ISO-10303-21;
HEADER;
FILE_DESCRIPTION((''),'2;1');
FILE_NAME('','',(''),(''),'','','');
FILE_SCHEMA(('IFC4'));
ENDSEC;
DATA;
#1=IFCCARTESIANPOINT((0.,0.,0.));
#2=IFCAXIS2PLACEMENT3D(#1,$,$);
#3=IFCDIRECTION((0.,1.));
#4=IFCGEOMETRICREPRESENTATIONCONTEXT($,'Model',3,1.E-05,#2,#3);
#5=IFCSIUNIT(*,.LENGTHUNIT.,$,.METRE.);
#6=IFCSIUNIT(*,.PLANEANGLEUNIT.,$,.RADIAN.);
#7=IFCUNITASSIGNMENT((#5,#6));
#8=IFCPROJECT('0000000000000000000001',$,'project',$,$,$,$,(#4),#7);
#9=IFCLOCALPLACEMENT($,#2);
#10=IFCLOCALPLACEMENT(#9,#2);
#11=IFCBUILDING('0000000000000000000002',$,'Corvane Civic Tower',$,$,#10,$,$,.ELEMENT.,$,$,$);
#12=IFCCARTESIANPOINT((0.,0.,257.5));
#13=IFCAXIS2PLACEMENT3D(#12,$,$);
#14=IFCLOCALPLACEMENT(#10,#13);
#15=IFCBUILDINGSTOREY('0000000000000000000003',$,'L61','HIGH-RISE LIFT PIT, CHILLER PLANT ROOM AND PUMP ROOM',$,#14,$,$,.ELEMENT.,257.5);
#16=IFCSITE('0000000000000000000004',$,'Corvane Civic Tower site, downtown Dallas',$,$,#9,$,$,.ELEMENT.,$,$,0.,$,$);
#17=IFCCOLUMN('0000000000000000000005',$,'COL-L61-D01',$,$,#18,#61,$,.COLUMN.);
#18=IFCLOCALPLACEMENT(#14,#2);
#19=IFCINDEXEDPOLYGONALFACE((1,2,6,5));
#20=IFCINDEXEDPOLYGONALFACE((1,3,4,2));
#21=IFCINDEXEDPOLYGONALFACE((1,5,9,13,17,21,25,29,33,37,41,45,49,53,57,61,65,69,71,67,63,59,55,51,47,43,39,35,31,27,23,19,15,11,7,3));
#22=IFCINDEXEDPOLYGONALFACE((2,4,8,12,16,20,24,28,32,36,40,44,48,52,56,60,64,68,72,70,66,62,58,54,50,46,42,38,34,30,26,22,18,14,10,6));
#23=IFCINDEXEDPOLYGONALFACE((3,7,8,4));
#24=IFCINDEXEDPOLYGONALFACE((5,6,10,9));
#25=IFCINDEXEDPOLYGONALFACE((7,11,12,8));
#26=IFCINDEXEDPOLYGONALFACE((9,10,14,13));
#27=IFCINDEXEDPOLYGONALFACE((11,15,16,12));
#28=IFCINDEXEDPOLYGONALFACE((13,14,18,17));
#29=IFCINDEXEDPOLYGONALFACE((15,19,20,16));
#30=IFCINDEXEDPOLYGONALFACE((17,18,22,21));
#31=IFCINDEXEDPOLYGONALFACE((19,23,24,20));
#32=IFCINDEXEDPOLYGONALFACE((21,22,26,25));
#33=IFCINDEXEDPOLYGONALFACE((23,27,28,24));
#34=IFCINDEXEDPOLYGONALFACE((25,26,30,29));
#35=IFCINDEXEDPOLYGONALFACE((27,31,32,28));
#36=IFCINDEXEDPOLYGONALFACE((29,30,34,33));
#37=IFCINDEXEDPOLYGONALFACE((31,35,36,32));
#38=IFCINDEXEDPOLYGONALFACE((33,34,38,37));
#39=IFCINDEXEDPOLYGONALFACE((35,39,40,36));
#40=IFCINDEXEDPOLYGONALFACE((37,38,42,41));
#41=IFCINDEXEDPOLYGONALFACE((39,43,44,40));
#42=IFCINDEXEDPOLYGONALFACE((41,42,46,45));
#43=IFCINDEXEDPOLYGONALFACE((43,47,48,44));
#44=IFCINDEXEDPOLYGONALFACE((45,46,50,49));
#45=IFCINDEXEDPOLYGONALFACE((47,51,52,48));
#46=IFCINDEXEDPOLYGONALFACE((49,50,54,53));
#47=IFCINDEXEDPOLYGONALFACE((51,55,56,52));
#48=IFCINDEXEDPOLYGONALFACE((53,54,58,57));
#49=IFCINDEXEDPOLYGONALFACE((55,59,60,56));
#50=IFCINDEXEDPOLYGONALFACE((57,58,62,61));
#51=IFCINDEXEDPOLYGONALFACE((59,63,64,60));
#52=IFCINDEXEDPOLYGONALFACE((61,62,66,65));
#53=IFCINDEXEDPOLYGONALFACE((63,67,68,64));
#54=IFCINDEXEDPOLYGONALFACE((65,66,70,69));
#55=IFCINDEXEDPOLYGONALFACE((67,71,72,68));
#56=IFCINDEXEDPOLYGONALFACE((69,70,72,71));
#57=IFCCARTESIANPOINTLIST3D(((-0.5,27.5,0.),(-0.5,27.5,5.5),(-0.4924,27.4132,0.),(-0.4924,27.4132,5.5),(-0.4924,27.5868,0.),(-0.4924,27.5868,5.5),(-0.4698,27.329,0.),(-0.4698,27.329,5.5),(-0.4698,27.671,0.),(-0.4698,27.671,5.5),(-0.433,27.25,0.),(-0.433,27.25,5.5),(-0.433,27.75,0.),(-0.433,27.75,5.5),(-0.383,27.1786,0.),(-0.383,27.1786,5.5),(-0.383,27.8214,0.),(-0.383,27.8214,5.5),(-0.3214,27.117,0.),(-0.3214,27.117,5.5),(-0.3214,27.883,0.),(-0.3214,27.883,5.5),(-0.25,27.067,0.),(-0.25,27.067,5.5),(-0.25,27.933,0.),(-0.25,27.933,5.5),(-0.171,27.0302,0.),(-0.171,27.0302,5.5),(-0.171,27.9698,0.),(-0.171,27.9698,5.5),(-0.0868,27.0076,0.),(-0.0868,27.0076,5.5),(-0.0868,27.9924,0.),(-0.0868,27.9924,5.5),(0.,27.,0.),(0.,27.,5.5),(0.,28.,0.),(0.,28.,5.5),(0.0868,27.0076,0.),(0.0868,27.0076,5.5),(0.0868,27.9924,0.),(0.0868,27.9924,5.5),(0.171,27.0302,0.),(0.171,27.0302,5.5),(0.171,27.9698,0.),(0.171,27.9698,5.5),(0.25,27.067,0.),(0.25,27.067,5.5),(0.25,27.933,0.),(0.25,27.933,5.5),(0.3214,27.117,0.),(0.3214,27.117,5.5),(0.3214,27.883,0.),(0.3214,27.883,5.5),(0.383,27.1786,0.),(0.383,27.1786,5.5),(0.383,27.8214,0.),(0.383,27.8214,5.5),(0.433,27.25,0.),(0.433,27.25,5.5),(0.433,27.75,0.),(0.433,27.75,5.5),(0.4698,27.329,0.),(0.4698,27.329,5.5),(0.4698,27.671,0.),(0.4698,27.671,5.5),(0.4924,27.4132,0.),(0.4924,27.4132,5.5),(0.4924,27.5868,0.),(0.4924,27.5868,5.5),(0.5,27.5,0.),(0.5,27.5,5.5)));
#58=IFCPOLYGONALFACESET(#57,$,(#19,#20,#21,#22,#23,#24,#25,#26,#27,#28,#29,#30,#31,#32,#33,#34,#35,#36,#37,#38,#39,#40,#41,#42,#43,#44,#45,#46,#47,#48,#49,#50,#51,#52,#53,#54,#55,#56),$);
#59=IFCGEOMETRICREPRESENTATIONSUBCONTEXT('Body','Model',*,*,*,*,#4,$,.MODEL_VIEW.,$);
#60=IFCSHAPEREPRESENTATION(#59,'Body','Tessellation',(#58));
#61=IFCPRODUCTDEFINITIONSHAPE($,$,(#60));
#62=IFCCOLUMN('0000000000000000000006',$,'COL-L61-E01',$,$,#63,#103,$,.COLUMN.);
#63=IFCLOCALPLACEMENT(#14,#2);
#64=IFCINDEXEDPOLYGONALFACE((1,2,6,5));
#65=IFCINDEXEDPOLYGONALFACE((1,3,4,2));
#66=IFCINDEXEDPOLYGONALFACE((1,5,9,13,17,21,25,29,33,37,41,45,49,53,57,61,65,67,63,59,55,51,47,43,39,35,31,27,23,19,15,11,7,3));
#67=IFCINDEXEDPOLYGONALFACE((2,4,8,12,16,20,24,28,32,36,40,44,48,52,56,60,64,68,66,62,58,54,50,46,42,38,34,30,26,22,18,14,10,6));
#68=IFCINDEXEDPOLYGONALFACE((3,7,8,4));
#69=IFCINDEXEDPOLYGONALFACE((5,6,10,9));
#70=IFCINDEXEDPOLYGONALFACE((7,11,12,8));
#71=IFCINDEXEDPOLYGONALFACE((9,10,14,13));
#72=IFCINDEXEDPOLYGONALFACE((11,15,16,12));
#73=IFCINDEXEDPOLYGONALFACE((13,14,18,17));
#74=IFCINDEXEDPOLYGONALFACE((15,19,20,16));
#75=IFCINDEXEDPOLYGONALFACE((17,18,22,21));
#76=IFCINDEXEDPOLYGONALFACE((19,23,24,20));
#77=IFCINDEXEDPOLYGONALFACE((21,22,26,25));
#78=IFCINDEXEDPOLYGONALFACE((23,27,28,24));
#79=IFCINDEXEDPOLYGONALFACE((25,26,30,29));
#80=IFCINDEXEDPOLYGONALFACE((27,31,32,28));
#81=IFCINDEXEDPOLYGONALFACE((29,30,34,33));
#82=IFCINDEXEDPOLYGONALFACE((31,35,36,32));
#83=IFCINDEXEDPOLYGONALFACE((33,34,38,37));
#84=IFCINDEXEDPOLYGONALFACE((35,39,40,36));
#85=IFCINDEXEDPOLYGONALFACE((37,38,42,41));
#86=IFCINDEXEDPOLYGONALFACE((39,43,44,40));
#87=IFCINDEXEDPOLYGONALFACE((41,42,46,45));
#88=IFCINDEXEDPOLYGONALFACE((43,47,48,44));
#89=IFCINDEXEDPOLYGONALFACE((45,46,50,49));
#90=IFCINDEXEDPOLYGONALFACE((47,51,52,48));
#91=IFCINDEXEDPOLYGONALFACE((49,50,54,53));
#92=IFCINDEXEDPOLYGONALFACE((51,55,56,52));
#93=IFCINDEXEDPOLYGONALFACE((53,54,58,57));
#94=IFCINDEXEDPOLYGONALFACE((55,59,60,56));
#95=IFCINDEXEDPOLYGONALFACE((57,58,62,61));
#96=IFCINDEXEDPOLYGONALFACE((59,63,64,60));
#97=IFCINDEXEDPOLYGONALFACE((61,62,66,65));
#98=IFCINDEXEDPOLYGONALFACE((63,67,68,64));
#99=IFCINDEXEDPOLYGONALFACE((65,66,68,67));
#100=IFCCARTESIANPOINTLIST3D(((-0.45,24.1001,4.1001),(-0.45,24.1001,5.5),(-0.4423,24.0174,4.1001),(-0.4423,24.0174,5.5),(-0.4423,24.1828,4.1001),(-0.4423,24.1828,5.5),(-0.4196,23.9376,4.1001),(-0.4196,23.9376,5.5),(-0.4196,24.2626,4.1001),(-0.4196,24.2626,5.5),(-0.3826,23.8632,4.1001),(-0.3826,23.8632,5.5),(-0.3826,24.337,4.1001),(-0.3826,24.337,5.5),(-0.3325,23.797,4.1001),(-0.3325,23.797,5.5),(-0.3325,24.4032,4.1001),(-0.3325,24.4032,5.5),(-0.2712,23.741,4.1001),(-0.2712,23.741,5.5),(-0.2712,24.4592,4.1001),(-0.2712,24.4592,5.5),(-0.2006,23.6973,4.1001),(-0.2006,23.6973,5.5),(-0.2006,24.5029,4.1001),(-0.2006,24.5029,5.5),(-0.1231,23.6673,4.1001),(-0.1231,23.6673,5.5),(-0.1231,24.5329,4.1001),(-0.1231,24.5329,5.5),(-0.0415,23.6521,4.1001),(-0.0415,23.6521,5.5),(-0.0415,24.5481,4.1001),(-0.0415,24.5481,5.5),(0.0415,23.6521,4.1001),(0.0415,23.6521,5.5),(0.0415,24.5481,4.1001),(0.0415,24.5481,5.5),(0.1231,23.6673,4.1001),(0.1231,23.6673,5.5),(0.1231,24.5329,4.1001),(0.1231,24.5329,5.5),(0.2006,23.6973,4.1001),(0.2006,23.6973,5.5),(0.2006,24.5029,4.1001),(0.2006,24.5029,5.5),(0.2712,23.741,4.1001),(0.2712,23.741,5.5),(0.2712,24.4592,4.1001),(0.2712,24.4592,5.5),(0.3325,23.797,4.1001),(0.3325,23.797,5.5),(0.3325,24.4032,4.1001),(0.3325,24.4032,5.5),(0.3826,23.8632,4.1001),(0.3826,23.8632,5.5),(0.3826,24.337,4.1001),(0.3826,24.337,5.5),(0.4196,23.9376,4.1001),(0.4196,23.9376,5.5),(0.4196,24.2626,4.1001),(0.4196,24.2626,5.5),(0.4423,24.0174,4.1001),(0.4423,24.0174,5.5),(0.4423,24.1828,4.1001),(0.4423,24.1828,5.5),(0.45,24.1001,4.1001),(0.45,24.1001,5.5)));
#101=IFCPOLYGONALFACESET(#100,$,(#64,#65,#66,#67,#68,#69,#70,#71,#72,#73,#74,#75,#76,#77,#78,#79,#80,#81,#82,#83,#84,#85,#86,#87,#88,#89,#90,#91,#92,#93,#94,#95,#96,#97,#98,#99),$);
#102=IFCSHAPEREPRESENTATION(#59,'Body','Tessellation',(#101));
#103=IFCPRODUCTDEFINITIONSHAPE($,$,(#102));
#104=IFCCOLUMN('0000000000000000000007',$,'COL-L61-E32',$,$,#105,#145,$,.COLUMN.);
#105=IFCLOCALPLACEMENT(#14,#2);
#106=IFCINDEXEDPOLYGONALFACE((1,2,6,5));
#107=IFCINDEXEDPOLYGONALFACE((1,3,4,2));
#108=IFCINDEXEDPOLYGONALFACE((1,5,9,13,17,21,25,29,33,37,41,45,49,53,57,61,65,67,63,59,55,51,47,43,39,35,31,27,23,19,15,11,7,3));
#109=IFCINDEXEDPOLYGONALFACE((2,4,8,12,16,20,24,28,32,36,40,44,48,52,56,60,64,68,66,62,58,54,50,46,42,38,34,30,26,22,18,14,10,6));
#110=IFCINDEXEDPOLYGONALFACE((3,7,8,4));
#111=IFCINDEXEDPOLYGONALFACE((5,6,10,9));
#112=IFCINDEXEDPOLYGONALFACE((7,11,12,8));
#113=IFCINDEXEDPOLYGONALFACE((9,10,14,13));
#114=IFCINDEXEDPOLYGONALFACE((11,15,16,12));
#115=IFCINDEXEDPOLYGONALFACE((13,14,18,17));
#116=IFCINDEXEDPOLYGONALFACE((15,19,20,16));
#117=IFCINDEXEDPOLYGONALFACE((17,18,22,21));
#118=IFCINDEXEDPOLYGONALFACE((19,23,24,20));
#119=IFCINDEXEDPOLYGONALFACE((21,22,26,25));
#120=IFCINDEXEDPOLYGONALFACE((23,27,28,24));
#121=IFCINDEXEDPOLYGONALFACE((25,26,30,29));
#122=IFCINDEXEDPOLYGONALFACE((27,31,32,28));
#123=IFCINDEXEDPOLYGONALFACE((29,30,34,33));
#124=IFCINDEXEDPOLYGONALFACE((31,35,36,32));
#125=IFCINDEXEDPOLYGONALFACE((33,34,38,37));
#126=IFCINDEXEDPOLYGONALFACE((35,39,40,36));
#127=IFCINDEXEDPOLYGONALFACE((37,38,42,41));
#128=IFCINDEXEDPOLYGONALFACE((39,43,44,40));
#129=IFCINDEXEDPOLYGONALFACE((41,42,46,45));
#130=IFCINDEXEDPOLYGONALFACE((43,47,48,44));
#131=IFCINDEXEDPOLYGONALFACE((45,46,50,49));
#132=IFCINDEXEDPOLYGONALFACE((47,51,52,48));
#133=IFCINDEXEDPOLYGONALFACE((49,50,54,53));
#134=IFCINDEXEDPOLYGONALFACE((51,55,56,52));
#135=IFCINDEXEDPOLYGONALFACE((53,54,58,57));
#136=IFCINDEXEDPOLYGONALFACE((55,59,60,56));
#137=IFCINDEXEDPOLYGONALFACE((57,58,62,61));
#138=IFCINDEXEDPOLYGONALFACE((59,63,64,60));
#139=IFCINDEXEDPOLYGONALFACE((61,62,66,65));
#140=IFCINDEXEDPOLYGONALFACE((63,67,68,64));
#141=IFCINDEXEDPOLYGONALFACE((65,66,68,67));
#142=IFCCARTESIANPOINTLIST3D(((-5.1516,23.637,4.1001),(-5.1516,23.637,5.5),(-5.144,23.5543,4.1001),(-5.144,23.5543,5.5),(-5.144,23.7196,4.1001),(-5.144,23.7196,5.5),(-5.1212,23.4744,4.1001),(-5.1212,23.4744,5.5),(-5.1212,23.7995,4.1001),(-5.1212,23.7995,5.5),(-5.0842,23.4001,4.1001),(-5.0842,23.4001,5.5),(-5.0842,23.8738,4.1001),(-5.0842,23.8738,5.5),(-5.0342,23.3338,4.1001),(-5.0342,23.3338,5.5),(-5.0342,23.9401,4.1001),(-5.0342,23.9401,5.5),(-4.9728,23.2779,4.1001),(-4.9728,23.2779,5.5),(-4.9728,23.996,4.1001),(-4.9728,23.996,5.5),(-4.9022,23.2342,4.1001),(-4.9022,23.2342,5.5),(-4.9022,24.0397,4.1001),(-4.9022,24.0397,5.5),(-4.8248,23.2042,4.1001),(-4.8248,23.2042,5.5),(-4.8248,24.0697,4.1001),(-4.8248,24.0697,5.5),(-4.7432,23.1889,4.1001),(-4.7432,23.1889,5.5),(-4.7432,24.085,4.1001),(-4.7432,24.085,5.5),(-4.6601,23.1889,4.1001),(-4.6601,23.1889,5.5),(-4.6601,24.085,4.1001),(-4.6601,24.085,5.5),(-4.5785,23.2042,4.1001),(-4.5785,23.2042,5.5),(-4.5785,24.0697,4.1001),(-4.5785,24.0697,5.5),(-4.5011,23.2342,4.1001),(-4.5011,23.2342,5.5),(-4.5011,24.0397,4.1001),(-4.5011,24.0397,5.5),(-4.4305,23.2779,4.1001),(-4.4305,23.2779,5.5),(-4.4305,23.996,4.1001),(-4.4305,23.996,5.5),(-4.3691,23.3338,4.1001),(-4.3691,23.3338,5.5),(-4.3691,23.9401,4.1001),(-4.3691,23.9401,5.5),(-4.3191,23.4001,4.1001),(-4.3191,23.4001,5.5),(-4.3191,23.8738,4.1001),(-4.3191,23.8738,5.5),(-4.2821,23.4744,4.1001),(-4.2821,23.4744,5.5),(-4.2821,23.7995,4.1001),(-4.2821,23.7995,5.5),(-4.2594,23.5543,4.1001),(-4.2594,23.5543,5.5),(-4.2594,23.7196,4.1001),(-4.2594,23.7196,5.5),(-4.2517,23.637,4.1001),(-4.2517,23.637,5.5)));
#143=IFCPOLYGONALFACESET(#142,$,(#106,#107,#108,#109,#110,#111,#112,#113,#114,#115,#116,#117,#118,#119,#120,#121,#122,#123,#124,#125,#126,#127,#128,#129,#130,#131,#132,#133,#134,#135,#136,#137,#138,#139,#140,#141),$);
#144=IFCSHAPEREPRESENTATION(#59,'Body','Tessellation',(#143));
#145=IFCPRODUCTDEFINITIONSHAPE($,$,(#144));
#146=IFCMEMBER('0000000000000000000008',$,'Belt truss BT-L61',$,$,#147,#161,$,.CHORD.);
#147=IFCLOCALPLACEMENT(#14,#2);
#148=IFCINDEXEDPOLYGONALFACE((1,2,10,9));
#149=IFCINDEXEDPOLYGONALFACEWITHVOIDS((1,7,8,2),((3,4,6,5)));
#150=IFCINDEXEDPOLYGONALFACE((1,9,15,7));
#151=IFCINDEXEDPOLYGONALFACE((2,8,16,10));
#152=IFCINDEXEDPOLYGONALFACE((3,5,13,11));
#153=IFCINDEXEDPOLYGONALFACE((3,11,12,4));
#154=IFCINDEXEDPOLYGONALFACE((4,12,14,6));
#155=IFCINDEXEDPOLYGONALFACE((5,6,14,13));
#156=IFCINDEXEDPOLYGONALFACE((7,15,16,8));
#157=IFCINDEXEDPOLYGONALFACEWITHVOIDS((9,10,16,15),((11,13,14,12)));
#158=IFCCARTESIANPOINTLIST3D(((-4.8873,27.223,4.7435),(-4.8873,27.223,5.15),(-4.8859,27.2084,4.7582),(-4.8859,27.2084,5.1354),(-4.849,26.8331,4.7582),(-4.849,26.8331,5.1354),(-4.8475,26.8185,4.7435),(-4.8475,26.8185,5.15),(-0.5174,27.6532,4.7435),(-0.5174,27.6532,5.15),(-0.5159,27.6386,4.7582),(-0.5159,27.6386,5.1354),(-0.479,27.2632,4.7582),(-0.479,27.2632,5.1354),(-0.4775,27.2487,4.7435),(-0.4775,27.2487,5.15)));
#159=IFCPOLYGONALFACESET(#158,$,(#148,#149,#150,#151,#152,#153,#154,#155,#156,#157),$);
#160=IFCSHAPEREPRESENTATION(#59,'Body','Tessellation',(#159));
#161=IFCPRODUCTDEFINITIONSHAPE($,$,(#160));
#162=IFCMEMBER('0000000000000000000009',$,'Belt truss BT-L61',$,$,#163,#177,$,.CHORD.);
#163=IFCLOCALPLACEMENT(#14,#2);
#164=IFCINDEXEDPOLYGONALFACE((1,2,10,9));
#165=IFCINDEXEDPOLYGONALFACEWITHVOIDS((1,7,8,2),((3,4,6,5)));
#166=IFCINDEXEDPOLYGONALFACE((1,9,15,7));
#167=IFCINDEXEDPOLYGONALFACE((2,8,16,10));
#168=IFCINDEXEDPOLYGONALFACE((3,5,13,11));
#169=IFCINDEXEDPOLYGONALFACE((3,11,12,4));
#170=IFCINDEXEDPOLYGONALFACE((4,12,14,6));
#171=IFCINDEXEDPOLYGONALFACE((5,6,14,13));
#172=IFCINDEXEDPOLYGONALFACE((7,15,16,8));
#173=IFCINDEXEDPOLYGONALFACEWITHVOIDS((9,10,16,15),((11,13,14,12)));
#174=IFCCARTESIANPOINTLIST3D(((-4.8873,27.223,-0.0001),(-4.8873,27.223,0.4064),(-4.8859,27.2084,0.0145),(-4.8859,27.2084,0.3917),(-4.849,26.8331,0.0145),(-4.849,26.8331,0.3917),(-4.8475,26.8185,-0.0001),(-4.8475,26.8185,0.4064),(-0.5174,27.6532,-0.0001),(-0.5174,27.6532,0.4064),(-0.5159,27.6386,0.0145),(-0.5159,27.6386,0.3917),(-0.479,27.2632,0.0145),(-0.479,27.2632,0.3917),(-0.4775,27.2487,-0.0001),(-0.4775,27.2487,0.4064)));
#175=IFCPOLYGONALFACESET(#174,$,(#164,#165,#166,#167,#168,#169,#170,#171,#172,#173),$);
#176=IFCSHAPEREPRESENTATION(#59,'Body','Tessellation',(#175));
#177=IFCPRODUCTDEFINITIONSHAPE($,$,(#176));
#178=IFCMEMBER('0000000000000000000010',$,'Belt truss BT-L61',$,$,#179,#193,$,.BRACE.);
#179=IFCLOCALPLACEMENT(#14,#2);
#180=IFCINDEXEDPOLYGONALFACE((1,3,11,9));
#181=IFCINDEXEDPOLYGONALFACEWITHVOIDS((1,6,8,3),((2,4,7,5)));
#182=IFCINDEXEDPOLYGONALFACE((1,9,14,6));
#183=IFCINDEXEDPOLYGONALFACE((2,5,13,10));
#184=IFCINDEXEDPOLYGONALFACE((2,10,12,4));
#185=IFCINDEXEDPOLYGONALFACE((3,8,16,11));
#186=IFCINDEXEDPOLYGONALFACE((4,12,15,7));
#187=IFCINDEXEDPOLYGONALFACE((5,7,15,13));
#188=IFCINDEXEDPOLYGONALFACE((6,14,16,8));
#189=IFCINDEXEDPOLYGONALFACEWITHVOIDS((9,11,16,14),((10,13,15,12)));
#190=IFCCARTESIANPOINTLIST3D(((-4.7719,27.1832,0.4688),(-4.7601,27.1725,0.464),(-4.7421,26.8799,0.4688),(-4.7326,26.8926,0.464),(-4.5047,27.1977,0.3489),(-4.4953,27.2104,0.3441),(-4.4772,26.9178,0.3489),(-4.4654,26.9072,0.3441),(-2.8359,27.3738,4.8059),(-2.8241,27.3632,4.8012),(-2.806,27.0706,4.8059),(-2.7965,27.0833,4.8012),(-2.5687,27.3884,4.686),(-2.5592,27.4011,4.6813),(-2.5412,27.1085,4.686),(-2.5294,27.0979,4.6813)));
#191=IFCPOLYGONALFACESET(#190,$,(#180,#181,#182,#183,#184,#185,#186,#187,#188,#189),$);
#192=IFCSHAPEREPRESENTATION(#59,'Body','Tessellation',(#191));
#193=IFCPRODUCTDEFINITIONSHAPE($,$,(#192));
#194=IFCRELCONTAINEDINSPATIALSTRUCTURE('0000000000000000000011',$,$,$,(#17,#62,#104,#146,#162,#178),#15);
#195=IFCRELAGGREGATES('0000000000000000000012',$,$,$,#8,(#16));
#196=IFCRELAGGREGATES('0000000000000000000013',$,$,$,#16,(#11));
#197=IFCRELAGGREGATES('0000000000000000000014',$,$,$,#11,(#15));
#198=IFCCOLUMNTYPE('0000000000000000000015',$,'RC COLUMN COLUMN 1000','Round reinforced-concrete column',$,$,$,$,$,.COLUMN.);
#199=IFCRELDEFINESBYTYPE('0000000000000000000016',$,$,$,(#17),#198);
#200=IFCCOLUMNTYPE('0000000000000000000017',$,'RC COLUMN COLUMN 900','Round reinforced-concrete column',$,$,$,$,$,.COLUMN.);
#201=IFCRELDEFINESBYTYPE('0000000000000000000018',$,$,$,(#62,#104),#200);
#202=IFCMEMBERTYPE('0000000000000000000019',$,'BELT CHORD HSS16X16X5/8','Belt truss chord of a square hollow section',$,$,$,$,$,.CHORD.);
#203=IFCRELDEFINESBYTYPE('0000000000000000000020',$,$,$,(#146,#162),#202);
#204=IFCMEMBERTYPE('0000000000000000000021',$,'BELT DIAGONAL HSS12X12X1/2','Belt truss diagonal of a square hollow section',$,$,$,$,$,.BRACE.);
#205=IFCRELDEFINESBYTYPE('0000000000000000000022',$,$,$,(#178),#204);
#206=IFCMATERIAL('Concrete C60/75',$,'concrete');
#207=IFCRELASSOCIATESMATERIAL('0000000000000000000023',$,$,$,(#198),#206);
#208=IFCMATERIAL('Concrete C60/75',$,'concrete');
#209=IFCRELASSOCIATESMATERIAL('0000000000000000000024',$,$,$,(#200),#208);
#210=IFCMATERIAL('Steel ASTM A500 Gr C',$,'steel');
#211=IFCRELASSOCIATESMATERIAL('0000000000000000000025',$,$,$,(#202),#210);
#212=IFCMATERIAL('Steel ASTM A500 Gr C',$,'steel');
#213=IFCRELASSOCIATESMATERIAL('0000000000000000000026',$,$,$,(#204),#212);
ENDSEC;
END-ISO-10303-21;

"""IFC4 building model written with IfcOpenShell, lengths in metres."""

from ifc_helpers import new_model, si_unit, direction, frame, origin, origin_2d, place, context, subcontext, project, spatial, hollow_rectangle, circle, extrude, material, material_profile, profile_set, type_object, element, save


model = new_model("IFC4")

# Units and contexts
model_context = context("Model", 3, precision=1e-05, world=origin(), true_north=direction((0.0, 1.0)))
body_context = subcontext(model_context, "Body", "Model", "MODEL_VIEW")
ifc_project = project(units=[si_unit("LENGTHUNIT", "METRE"), si_unit("PLANEANGLEUNIT", "RADIAN")], contexts=[model_context])

# Site, building, storey
site_placement = place(None, origin())
site = spatial("IfcSite", under=ifc_project, at=site_placement, Name="Corvane Civic Tower site, downtown Dallas", CompositionType="ELEMENT", RefElevation=0.0)
building_placement = place(site_placement, origin())
building = spatial("IfcBuilding", under=site, at=building_placement, Name="Corvane Civic Tower", CompositionType="ELEMENT")
storey_placement = place(building_placement, frame((0.0, 0.0, 257.5)))
storey = spatial("IfcBuildingStorey", under=building, at=storey_placement, Name="L61", Description="HIGH-RISE LIFT PIT, CHILLER PLANT ROOM AND PUMP ROOM", CompositionType="ELEMENT", Elevation=257.5)

# Columns
ifc_material_1 = material(Name="Concrete C60/75", Category="concrete")
ifc_material_profile_1 = material_profile(ifc_material_1, circle(Radius=0.5, at=origin_2d()), Name="COLUMN 1000")
ifc_profile_set_1 = profile_set([ifc_material_profile_1], Name="Concrete C60/75")
column_type_1 = type_object("IfcColumnType", Name="RC COLUMN COLUMN 1000", Description="Round reinforced-concrete column", PredefinedType="COLUMN", material=ifc_profile_set_1)
column_placement = place(storey_placement, frame((0.0, 27.5, 0.0), z_axis=(0.0, 0.0, 1.0), x_axis=(1.0, 0.0, 0.0)))
element("IfcColumn", 1, at=column_placement, inside=storey, type_object=column_type_1, Name="COL-L61-D01", PredefinedType="COLUMN", context=body_context, shape_type="SweptSolid", body=[
    extrude(circle(Radius=0.5, at=origin_2d()), origin(), (0.0, 0.0, 1.0), 5.5),
])
ifc_material_2 = material(Name="Concrete C60/75", Category="concrete")
ifc_material_profile_2 = material_profile(ifc_material_2, circle(Radius=0.45, at=origin_2d()), Name="COLUMN 900")
ifc_profile_set_2 = profile_set([ifc_material_profile_2], Name="Concrete C60/75")
column_type_2 = type_object("IfcColumnType", Name="RC COLUMN COLUMN 900", Description="Round reinforced-concrete column", PredefinedType="COLUMN", material=ifc_profile_set_2)
for number, where, z_axis, x_axis, name in (
    (2, (0.0, 24.1001, 4.1001), (0.0, 0.0, 1.0), (1.0, 0.0, 0.0), "COL-L61-E01"),
    (3, (-4.7017, 23.637, 4.1001), (0.0, 0.0, 1.0), (1.0, 0.0, 0.0), "COL-L61-E32"),
):
    element("IfcColumn", number, at=place(storey_placement, frame(where, z_axis=z_axis, x_axis=x_axis)), inside=storey, type_object=column_type_2, Name=name, PredefinedType="COLUMN", context=body_context, shape_type="SweptSolid", body=[
        extrude(circle(Radius=0.45, at=origin_2d()), origin(), (0.0, 0.0, 1.0), 1.3999),
    ])

# Members
ifc_material_3 = material(Name="Steel ASTM A500 Gr C", Category="steel")
ifc_material_profile_3 = material_profile(ifc_material_3, hollow_rectangle(XDim=0.4065, YDim=0.4065, WallThickness=0.0146, at=origin_2d()), Name="HSS16X16X5/8")
ifc_profile_set_3 = profile_set([ifc_material_profile_3], Name="Steel ASTM A500 Gr C")
member_type_1 = type_object("IfcMemberType", Name="BELT CHORD HSS16X16X5/8", Description="Belt truss chord of a square hollow section", PredefinedType="CHORD", material=ifc_profile_set_3)
for number, where, z_axis, x_axis, name in (
    (4, (-4.8674, 27.0208, 4.9468), (0.99519, 0.097968, 0.0), (-0.097968, 0.99519, 0.0), "Belt truss BT-L61"),
    (5, (-4.8674, 27.0208, 0.2031), (0.99519, 0.097968, 0.0), (-0.097968, 0.99519, 0.0), "Belt truss BT-L61"),
):
    element("IfcMember", number, at=place(storey_placement, frame(where, z_axis=z_axis, x_axis=x_axis)), inside=storey, type_object=member_type_1, Name=name, PredefinedType="CHORD", context=body_context, shape_type="SweptSolid", body=[
        extrude(hollow_rectangle(XDim=0.4065, YDim=0.4065, WallThickness=0.0146, at=origin_2d()), origin(), (0.0, 0.0, 1.0), 4.3911),
    ])
ifc_material_4 = material(Name="Steel ASTM A500 Gr C", Category="steel")
ifc_material_profile_4 = material_profile(ifc_material_4, hollow_rectangle(XDim=0.3047, YDim=0.3047, WallThickness=0.0117, at=origin_2d()), Name="HSS12X12X1/2")
ifc_profile_set_4 = profile_set([ifc_material_profile_4], Name="Steel ASTM A500 Gr C")
member_type_2 = type_object("IfcMemberType", Name="BELT DIAGONAL HSS12X12X1/2", Description="Belt truss diagonal of a square hollow section", PredefinedType="BRACE", material=ifc_profile_set_4)
member_1_placement = place(storey_placement, frame((-4.6187, 27.0452, 0.4065), z_axis=(0.407288, 0.040113, 0.912418), x_axis=(-0.098013, 0.995185, 0.0)))
element("IfcMember", 6, at=member_1_placement, inside=storey, type_object=member_type_2, Name="Belt truss BT-L61", PredefinedType="BRACE", context=body_context, shape_type="SweptSolid", body=[
    extrude(hollow_rectangle(XDim=0.3047, YDim=0.3047, WallThickness=0.0117, at=origin_2d()), origin(), (0.0, 0.0, 1.0), 4.7534),
])

save(model, "model.ifc")
